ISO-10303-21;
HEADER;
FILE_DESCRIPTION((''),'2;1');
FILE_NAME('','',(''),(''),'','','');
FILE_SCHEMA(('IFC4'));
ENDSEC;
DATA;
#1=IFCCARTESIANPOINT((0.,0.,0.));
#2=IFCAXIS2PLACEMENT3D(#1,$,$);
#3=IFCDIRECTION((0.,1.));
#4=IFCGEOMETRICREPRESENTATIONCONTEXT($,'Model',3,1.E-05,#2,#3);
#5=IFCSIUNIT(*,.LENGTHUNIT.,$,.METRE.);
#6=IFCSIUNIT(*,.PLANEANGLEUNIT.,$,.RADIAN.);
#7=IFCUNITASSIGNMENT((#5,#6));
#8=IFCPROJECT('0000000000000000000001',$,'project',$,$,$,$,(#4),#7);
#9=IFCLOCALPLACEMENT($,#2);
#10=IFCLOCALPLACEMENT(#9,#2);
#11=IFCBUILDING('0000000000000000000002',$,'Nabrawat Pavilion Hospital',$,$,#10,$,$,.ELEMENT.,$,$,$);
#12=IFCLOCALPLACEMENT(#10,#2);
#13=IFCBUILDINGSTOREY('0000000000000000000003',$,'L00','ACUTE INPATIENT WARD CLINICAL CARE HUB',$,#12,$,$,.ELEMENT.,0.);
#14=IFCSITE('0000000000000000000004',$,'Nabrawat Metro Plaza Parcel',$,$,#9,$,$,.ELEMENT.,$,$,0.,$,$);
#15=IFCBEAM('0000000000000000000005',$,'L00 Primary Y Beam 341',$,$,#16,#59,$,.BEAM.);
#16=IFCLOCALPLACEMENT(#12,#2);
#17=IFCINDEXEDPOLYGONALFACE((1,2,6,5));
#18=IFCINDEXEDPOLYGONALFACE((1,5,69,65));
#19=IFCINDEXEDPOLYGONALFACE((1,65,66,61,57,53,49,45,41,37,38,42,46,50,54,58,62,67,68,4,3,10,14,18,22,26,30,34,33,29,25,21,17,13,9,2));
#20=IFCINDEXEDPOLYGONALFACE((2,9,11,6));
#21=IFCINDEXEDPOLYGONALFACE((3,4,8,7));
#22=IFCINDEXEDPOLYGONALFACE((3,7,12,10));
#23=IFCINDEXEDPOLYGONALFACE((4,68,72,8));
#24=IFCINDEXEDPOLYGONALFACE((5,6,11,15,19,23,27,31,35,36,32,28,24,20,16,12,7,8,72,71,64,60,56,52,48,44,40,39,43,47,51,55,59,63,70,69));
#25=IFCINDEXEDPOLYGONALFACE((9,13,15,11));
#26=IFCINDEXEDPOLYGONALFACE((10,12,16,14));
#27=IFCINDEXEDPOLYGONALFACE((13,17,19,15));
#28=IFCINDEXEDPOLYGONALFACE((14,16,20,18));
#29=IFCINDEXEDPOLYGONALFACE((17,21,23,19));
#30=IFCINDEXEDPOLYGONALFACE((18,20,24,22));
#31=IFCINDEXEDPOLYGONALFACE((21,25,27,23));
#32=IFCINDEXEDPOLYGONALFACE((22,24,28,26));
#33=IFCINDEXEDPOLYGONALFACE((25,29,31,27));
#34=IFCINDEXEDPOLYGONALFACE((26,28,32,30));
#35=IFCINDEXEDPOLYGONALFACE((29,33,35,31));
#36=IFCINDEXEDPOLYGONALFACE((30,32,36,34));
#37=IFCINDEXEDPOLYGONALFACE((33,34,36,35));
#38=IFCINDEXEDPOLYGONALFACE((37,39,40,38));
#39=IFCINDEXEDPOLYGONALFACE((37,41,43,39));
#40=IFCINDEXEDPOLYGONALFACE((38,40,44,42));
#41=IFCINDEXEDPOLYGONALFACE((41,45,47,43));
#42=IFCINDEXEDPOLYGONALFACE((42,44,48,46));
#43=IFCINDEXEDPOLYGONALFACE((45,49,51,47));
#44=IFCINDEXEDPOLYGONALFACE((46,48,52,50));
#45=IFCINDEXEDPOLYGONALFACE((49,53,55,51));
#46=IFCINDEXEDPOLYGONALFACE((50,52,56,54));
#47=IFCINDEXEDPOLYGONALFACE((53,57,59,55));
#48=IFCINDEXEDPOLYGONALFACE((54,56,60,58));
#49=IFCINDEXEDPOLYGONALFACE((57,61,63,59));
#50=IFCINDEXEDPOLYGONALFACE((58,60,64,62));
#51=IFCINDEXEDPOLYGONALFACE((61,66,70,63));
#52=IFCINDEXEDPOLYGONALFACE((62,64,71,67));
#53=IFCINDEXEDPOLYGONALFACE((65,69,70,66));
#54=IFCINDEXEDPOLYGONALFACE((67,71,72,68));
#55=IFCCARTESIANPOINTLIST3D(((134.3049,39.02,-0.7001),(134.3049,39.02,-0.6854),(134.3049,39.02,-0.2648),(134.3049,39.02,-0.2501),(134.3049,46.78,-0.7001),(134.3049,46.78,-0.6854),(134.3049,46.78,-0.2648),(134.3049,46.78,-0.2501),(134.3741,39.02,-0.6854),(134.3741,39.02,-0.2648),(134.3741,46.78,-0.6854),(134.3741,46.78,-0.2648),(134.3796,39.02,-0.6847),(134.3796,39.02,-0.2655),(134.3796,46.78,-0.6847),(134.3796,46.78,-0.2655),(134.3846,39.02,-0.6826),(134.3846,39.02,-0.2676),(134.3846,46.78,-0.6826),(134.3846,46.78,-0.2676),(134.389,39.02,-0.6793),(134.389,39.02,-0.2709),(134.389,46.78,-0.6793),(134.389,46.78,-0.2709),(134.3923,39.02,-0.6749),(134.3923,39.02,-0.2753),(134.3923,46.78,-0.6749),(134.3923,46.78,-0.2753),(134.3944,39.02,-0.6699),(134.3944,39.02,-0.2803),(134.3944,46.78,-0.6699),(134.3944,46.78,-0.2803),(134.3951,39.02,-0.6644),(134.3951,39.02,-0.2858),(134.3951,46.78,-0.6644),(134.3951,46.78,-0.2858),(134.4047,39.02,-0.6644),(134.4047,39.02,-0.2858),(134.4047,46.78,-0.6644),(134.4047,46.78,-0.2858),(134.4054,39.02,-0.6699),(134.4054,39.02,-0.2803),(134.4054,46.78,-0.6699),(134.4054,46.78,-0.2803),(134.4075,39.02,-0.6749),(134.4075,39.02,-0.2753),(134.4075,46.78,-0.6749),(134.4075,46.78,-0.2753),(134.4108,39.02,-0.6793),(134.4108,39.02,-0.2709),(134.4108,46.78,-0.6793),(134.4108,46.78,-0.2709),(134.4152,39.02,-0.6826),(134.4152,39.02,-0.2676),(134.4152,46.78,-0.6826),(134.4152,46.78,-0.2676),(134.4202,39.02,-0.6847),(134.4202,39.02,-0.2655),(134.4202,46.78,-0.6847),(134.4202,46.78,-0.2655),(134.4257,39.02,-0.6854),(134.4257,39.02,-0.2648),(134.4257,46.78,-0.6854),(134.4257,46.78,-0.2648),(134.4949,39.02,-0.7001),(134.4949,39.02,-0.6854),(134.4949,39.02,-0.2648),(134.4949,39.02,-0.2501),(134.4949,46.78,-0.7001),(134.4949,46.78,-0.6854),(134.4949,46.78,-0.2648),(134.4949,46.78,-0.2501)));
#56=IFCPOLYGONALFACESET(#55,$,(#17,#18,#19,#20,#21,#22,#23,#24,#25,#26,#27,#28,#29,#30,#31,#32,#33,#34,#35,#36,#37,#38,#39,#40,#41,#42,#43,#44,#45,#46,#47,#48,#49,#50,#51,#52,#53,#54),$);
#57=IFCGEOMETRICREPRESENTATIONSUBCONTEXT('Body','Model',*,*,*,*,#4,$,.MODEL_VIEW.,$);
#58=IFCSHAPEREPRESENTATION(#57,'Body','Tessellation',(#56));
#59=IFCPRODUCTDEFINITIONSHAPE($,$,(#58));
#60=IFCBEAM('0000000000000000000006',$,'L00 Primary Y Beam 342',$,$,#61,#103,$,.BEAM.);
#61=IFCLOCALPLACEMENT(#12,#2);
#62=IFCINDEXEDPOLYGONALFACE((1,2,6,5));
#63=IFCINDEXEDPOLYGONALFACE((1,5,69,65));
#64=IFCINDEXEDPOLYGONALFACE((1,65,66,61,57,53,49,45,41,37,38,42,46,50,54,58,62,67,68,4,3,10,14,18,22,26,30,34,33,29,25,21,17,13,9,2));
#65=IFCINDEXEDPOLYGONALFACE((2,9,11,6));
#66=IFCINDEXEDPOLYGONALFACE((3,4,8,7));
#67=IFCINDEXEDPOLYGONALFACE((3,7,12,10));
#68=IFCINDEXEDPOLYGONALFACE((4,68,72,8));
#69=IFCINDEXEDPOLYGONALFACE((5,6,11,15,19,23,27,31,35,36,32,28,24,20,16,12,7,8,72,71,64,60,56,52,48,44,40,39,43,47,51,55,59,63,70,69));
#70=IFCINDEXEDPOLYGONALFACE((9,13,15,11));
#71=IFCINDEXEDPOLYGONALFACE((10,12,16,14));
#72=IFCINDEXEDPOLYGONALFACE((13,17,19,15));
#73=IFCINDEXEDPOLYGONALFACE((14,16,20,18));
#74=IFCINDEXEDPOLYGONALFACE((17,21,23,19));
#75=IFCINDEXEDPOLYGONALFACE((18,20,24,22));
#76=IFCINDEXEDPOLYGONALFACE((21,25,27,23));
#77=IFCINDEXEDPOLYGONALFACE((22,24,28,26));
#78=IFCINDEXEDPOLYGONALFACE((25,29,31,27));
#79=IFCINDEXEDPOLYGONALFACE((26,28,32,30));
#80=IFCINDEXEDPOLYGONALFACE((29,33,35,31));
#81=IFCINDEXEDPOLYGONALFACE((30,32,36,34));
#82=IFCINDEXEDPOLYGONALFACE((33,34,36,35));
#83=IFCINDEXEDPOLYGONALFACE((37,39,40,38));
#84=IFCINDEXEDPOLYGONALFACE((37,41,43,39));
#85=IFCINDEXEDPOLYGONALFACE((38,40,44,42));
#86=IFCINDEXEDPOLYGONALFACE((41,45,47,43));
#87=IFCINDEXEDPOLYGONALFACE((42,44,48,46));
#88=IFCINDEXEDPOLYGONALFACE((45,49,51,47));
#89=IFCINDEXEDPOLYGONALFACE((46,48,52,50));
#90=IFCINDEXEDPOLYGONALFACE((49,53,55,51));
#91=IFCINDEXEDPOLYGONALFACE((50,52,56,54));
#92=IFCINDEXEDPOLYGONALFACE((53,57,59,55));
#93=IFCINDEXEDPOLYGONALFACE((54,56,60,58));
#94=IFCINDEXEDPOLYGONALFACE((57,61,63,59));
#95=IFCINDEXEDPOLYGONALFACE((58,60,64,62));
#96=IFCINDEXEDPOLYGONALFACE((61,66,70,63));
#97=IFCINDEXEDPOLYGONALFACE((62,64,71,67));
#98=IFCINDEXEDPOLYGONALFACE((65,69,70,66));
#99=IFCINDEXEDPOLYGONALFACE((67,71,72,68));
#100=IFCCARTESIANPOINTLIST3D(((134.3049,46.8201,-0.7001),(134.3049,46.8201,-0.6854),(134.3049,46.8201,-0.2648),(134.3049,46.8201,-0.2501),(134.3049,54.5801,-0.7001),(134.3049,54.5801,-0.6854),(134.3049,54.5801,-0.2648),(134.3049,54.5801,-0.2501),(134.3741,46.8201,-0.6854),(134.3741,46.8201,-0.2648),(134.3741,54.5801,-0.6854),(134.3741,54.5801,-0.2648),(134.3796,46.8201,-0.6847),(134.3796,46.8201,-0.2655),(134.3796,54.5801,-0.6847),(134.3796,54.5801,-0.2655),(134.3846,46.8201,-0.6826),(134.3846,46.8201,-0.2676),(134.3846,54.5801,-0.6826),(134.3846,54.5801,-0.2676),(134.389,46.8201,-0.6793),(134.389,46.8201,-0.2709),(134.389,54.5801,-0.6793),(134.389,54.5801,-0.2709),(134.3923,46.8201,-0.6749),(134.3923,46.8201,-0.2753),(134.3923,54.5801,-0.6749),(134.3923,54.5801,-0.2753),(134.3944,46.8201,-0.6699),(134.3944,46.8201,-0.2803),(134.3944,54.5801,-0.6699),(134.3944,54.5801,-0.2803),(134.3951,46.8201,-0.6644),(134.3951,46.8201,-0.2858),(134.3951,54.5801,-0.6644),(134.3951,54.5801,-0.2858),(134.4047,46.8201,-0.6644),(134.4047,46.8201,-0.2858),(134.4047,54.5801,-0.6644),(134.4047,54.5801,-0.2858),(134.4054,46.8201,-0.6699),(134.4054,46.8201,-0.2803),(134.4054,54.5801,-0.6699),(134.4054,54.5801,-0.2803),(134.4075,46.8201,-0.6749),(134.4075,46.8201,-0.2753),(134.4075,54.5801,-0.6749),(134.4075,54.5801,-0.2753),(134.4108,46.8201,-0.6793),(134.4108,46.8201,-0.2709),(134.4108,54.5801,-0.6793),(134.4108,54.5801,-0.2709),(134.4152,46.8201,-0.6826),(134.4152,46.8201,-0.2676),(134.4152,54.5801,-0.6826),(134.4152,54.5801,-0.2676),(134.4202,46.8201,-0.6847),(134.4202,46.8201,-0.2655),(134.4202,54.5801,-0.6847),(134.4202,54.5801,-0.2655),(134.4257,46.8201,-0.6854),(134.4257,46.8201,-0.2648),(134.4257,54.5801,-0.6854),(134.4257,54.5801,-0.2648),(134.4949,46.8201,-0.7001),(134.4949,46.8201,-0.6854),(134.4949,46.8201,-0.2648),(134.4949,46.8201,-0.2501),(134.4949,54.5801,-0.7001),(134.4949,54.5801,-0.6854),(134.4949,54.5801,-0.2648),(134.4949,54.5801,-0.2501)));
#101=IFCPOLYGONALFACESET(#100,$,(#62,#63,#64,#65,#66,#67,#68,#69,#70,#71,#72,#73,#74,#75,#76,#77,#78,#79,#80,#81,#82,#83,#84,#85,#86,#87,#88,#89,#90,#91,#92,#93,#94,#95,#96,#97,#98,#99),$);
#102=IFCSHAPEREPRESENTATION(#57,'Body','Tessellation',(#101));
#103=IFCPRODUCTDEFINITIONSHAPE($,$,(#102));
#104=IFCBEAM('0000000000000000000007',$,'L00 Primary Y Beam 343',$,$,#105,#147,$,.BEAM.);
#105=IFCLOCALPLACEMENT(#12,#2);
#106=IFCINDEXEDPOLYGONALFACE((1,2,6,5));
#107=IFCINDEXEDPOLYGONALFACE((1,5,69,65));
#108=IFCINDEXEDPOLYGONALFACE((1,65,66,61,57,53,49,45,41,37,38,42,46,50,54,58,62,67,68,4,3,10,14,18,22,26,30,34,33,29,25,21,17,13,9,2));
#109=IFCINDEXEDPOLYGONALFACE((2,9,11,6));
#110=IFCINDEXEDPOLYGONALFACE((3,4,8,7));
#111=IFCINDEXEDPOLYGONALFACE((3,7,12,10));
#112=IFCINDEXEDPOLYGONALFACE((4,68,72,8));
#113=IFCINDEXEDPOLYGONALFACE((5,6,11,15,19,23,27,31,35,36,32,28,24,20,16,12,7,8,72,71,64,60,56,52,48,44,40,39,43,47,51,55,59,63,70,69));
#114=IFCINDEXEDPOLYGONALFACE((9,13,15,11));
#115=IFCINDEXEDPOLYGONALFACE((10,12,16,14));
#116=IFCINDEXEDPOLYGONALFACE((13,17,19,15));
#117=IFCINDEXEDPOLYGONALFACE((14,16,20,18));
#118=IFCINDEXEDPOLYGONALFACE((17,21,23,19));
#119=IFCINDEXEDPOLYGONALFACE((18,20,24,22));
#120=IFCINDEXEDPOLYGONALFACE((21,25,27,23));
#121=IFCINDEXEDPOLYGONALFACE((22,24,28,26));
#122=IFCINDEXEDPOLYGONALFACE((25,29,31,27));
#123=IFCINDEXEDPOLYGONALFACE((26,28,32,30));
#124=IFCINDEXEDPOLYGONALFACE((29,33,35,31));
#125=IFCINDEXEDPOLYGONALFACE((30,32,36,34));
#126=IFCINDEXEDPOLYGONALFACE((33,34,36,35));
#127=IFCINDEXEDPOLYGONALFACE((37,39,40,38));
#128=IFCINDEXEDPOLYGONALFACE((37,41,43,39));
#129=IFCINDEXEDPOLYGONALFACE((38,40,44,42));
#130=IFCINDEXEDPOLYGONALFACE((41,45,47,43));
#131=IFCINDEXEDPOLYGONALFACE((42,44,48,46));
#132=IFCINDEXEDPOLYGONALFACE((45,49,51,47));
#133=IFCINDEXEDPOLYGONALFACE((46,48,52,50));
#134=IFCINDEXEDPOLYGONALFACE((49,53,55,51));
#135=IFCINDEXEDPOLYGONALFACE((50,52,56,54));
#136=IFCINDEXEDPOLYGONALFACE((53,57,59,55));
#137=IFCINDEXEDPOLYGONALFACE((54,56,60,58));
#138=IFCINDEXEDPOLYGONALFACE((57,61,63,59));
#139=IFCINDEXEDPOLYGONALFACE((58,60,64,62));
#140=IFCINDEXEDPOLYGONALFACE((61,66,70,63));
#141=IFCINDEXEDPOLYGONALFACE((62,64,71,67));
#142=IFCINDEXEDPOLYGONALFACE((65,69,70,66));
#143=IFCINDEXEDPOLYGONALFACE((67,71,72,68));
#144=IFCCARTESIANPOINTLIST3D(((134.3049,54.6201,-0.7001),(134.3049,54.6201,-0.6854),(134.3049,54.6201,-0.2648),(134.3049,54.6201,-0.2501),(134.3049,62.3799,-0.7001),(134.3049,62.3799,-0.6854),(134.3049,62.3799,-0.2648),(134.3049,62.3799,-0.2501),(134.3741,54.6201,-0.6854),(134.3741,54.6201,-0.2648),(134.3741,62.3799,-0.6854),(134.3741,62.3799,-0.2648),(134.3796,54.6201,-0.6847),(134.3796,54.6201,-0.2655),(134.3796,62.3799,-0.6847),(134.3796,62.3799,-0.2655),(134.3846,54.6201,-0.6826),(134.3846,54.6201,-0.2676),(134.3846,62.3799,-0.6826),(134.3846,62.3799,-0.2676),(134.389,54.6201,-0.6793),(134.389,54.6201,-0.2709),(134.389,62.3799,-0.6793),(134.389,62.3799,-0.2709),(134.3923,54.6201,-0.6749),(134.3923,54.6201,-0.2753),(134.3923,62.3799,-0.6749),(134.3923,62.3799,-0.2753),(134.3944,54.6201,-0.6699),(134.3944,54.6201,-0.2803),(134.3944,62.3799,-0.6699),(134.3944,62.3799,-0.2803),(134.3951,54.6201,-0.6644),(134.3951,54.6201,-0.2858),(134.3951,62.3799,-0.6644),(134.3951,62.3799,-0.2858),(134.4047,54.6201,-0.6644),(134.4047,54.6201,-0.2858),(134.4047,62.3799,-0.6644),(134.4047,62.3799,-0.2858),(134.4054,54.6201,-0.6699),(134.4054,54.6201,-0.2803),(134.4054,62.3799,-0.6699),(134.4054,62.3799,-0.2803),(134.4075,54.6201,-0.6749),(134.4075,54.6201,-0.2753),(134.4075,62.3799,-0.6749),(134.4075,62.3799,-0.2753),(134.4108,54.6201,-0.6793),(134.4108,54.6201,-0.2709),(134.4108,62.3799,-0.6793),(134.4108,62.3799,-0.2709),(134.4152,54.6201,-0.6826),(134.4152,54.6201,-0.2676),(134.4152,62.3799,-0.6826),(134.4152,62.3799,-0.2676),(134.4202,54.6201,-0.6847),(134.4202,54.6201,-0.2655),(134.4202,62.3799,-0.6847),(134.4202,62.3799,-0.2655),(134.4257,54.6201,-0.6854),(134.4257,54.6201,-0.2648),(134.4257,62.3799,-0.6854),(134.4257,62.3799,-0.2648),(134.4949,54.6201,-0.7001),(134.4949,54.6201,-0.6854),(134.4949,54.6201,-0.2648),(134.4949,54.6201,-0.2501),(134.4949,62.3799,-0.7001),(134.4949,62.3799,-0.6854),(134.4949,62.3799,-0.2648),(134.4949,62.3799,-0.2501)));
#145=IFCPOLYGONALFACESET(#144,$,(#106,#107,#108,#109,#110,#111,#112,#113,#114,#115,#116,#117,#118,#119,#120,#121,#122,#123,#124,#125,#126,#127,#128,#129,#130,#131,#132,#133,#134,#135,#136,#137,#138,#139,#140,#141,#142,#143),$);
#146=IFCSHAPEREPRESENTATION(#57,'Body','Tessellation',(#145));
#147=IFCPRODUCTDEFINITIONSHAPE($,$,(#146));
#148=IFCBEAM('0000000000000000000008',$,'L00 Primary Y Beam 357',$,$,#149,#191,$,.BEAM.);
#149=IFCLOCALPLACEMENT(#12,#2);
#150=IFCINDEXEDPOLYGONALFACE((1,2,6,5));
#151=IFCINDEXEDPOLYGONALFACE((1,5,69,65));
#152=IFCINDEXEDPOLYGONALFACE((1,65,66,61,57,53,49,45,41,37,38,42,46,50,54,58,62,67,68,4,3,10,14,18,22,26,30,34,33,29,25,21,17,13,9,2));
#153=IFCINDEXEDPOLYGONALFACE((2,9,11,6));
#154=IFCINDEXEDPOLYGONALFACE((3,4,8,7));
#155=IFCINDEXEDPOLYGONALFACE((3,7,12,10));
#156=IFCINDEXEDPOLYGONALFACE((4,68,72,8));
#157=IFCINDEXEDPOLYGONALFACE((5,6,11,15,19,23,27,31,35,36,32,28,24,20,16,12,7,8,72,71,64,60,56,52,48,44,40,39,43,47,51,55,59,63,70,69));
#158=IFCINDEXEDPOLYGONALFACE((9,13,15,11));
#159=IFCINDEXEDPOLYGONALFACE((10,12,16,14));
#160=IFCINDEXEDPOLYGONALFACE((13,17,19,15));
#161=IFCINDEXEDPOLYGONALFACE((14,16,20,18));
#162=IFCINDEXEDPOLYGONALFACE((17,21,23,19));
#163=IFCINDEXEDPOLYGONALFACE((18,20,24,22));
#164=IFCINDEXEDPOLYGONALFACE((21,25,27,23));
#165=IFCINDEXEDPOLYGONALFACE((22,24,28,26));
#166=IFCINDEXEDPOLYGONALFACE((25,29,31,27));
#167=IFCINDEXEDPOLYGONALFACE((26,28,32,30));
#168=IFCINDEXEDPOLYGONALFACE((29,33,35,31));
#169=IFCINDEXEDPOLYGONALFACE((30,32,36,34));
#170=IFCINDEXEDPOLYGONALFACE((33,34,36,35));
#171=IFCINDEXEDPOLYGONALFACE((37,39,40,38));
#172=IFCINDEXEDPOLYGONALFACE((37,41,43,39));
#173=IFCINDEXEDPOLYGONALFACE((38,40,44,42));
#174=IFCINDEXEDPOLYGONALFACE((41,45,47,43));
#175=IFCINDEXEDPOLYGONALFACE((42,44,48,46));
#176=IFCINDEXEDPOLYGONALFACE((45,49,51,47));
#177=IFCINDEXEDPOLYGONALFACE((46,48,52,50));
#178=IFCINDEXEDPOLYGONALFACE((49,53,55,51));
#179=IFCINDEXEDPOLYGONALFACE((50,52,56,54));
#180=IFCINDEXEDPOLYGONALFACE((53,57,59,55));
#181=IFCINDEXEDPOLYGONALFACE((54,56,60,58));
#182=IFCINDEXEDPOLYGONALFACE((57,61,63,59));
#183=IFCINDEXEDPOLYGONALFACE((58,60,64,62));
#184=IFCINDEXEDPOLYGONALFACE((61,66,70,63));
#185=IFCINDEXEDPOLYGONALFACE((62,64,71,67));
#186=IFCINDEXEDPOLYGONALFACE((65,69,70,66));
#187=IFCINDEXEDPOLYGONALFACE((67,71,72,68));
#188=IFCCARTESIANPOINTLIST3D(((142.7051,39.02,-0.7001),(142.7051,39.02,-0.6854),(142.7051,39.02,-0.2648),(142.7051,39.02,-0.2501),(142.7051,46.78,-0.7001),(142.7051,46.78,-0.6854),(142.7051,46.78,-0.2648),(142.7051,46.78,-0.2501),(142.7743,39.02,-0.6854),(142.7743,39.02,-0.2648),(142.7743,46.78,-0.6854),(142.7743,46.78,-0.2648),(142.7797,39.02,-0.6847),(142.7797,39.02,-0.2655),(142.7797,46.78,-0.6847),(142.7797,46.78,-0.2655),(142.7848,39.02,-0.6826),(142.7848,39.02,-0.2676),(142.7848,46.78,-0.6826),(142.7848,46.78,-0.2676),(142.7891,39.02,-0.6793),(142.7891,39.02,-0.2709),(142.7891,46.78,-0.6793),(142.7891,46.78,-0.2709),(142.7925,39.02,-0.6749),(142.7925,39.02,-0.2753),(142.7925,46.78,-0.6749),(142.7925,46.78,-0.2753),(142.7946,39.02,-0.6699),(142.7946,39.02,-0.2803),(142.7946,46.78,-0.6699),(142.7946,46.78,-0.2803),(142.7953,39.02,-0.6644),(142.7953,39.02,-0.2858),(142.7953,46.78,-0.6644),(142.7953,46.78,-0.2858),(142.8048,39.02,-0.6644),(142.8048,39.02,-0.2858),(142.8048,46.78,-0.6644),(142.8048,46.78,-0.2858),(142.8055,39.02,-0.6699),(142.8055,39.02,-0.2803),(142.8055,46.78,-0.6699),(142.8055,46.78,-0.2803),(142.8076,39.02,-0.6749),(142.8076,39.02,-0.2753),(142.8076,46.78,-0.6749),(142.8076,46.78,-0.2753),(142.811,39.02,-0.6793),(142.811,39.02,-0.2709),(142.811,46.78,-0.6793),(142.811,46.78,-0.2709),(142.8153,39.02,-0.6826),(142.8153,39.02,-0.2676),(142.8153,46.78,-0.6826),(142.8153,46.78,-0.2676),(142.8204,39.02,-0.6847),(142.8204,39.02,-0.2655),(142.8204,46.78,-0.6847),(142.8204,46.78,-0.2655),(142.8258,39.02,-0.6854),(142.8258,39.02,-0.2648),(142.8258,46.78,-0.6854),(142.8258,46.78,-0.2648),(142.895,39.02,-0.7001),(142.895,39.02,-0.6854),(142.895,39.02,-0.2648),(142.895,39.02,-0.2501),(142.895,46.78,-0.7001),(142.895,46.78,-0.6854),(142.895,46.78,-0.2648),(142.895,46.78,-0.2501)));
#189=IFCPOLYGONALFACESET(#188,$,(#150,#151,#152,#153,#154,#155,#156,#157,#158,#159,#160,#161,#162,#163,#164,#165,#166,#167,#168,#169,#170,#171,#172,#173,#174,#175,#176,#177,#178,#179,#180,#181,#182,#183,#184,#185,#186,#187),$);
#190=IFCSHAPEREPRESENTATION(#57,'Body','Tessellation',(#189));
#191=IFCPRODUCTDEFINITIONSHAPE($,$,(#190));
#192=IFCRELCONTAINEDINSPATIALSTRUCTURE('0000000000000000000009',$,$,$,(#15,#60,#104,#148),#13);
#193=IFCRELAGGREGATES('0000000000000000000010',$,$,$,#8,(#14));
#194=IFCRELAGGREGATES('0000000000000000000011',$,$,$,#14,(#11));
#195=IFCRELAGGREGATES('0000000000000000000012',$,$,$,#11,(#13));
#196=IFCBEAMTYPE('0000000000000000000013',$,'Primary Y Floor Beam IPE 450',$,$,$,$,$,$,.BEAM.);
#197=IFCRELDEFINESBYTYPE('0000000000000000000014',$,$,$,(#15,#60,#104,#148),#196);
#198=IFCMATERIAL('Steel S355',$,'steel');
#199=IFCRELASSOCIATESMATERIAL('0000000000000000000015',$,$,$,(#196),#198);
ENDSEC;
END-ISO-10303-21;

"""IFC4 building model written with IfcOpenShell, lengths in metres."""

from ifc_helpers import new_model, si_unit, direction, frame, origin, origin_2d, place, context, subcontext, project, spatial, i_section, extrude, material, material_profile, profile_set, type_object, element, save


model = new_model("IFC4")

# Units and contexts
model_context = context("Model", 3, precision=1e-05, world=origin(), true_north=direction((0.0, 1.0)))
body_context = subcontext(model_context, "Body", "Model", "MODEL_VIEW")
ifc_project = project(units=[si_unit("LENGTHUNIT", "METRE"), si_unit("PLANEANGLEUNIT", "RADIAN")], contexts=[model_context])

# Site, building, storey
site_placement = place(None, origin())
site = spatial("IfcSite", under=ifc_project, at=site_placement, Name="Nabrawat Metro Plaza Parcel", CompositionType="ELEMENT", RefElevation=0.0)
building_placement = place(site_placement, origin())
building = spatial("IfcBuilding", under=site, at=building_placement, Name="Nabrawat Pavilion Hospital", CompositionType="ELEMENT")
storey_placement = place(building_placement, origin())
storey = spatial("IfcBuildingStorey", under=building, at=storey_placement, Name="L00", Description="ACUTE INPATIENT WARD CLINICAL CARE HUB", CompositionType="ELEMENT", Elevation=0.0)

# Shared definitions
ifc_material_1 = material(Name="Steel S355", Category="steel")

# Beams
ifc_material_profile_1 = material_profile(ifc_material_1, i_section(OverallWidth=0.1899, OverallDepth=0.45, WebThickness=0.0095, FlangeThickness=0.0146, FilletRadius=0.021, at=origin_2d()), Name="IPE 450")
ifc_profile_set_1 = profile_set([ifc_material_profile_1], Name="Steel S355")
beam_type_1 = type_object("IfcBeamType", Name="Primary Y Floor Beam IPE 450", PredefinedType="BEAM", material=ifc_profile_set_1)
for number, where, z_axis, x_axis, name in (
    (1, (134.3999, 39.02, -0.4751), (0.0, 1.0, 0.0), (-1.0, 0.0, 0.0), "L00 Primary Y Beam 341"),
    (2, (134.3999, 46.8201, -0.4751), (0.0, 1.0, 0.0), (-1.0, 0.0, 0.0), "L00 Primary Y Beam 342"),
):
    element("IfcBeam", number, at=place(storey_placement, frame(where, z_axis=z_axis, x_axis=x_axis)), inside=storey, type_object=beam_type_1, Name=name, PredefinedType="BEAM", context=body_context, shape_type="SweptSolid", body=[
        extrude(i_section(OverallWidth=0.1899, OverallDepth=0.45, WebThickness=0.0095, FlangeThickness=0.0146, FilletRadius=0.021, at=origin_2d()), origin(), (0.0, 0.0, 1.0), 7.76),
    ])
beam_1_placement = place(storey_placement, frame((134.3999, 54.6201, -0.4751), z_axis=(0.0, 1.0, 0.0), x_axis=(-1.0, 0.0, 0.0)))
element("IfcBeam", 3, at=beam_1_placement, inside=storey, type_object=beam_type_1, Name="L00 Primary Y Beam 343", PredefinedType="BEAM", context=body_context, shape_type="SweptSolid", body=[
    extrude(i_section(OverallWidth=0.1899, OverallDepth=0.45, WebThickness=0.0095, FlangeThickness=0.0146, FilletRadius=0.021, at=origin_2d()), origin(), (0.0, 0.0, 1.0), 7.7598),
])
for number, where, z_axis, x_axis, name in (
    (4, (142.8, 39.02, -0.4751), (0.0, 1.0, 0.0), (-1.0, 0.0, 0.0), "L00 Primary Y Beam 357"),
):
    element("IfcBeam", number, at=place(storey_placement, frame(where, z_axis=z_axis, x_axis=x_axis)), inside=storey, type_object=beam_type_1, Name=name, PredefinedType="BEAM", context=body_context, shape_type="SweptSolid", body=[
        extrude(i_section(OverallWidth=0.1899, OverallDepth=0.45, WebThickness=0.0095, FlangeThickness=0.0146, FilletRadius=0.021, at=origin_2d()), origin(), (0.0, 0.0, 1.0), 7.76),
    ])

save(model, "model.ifc")
